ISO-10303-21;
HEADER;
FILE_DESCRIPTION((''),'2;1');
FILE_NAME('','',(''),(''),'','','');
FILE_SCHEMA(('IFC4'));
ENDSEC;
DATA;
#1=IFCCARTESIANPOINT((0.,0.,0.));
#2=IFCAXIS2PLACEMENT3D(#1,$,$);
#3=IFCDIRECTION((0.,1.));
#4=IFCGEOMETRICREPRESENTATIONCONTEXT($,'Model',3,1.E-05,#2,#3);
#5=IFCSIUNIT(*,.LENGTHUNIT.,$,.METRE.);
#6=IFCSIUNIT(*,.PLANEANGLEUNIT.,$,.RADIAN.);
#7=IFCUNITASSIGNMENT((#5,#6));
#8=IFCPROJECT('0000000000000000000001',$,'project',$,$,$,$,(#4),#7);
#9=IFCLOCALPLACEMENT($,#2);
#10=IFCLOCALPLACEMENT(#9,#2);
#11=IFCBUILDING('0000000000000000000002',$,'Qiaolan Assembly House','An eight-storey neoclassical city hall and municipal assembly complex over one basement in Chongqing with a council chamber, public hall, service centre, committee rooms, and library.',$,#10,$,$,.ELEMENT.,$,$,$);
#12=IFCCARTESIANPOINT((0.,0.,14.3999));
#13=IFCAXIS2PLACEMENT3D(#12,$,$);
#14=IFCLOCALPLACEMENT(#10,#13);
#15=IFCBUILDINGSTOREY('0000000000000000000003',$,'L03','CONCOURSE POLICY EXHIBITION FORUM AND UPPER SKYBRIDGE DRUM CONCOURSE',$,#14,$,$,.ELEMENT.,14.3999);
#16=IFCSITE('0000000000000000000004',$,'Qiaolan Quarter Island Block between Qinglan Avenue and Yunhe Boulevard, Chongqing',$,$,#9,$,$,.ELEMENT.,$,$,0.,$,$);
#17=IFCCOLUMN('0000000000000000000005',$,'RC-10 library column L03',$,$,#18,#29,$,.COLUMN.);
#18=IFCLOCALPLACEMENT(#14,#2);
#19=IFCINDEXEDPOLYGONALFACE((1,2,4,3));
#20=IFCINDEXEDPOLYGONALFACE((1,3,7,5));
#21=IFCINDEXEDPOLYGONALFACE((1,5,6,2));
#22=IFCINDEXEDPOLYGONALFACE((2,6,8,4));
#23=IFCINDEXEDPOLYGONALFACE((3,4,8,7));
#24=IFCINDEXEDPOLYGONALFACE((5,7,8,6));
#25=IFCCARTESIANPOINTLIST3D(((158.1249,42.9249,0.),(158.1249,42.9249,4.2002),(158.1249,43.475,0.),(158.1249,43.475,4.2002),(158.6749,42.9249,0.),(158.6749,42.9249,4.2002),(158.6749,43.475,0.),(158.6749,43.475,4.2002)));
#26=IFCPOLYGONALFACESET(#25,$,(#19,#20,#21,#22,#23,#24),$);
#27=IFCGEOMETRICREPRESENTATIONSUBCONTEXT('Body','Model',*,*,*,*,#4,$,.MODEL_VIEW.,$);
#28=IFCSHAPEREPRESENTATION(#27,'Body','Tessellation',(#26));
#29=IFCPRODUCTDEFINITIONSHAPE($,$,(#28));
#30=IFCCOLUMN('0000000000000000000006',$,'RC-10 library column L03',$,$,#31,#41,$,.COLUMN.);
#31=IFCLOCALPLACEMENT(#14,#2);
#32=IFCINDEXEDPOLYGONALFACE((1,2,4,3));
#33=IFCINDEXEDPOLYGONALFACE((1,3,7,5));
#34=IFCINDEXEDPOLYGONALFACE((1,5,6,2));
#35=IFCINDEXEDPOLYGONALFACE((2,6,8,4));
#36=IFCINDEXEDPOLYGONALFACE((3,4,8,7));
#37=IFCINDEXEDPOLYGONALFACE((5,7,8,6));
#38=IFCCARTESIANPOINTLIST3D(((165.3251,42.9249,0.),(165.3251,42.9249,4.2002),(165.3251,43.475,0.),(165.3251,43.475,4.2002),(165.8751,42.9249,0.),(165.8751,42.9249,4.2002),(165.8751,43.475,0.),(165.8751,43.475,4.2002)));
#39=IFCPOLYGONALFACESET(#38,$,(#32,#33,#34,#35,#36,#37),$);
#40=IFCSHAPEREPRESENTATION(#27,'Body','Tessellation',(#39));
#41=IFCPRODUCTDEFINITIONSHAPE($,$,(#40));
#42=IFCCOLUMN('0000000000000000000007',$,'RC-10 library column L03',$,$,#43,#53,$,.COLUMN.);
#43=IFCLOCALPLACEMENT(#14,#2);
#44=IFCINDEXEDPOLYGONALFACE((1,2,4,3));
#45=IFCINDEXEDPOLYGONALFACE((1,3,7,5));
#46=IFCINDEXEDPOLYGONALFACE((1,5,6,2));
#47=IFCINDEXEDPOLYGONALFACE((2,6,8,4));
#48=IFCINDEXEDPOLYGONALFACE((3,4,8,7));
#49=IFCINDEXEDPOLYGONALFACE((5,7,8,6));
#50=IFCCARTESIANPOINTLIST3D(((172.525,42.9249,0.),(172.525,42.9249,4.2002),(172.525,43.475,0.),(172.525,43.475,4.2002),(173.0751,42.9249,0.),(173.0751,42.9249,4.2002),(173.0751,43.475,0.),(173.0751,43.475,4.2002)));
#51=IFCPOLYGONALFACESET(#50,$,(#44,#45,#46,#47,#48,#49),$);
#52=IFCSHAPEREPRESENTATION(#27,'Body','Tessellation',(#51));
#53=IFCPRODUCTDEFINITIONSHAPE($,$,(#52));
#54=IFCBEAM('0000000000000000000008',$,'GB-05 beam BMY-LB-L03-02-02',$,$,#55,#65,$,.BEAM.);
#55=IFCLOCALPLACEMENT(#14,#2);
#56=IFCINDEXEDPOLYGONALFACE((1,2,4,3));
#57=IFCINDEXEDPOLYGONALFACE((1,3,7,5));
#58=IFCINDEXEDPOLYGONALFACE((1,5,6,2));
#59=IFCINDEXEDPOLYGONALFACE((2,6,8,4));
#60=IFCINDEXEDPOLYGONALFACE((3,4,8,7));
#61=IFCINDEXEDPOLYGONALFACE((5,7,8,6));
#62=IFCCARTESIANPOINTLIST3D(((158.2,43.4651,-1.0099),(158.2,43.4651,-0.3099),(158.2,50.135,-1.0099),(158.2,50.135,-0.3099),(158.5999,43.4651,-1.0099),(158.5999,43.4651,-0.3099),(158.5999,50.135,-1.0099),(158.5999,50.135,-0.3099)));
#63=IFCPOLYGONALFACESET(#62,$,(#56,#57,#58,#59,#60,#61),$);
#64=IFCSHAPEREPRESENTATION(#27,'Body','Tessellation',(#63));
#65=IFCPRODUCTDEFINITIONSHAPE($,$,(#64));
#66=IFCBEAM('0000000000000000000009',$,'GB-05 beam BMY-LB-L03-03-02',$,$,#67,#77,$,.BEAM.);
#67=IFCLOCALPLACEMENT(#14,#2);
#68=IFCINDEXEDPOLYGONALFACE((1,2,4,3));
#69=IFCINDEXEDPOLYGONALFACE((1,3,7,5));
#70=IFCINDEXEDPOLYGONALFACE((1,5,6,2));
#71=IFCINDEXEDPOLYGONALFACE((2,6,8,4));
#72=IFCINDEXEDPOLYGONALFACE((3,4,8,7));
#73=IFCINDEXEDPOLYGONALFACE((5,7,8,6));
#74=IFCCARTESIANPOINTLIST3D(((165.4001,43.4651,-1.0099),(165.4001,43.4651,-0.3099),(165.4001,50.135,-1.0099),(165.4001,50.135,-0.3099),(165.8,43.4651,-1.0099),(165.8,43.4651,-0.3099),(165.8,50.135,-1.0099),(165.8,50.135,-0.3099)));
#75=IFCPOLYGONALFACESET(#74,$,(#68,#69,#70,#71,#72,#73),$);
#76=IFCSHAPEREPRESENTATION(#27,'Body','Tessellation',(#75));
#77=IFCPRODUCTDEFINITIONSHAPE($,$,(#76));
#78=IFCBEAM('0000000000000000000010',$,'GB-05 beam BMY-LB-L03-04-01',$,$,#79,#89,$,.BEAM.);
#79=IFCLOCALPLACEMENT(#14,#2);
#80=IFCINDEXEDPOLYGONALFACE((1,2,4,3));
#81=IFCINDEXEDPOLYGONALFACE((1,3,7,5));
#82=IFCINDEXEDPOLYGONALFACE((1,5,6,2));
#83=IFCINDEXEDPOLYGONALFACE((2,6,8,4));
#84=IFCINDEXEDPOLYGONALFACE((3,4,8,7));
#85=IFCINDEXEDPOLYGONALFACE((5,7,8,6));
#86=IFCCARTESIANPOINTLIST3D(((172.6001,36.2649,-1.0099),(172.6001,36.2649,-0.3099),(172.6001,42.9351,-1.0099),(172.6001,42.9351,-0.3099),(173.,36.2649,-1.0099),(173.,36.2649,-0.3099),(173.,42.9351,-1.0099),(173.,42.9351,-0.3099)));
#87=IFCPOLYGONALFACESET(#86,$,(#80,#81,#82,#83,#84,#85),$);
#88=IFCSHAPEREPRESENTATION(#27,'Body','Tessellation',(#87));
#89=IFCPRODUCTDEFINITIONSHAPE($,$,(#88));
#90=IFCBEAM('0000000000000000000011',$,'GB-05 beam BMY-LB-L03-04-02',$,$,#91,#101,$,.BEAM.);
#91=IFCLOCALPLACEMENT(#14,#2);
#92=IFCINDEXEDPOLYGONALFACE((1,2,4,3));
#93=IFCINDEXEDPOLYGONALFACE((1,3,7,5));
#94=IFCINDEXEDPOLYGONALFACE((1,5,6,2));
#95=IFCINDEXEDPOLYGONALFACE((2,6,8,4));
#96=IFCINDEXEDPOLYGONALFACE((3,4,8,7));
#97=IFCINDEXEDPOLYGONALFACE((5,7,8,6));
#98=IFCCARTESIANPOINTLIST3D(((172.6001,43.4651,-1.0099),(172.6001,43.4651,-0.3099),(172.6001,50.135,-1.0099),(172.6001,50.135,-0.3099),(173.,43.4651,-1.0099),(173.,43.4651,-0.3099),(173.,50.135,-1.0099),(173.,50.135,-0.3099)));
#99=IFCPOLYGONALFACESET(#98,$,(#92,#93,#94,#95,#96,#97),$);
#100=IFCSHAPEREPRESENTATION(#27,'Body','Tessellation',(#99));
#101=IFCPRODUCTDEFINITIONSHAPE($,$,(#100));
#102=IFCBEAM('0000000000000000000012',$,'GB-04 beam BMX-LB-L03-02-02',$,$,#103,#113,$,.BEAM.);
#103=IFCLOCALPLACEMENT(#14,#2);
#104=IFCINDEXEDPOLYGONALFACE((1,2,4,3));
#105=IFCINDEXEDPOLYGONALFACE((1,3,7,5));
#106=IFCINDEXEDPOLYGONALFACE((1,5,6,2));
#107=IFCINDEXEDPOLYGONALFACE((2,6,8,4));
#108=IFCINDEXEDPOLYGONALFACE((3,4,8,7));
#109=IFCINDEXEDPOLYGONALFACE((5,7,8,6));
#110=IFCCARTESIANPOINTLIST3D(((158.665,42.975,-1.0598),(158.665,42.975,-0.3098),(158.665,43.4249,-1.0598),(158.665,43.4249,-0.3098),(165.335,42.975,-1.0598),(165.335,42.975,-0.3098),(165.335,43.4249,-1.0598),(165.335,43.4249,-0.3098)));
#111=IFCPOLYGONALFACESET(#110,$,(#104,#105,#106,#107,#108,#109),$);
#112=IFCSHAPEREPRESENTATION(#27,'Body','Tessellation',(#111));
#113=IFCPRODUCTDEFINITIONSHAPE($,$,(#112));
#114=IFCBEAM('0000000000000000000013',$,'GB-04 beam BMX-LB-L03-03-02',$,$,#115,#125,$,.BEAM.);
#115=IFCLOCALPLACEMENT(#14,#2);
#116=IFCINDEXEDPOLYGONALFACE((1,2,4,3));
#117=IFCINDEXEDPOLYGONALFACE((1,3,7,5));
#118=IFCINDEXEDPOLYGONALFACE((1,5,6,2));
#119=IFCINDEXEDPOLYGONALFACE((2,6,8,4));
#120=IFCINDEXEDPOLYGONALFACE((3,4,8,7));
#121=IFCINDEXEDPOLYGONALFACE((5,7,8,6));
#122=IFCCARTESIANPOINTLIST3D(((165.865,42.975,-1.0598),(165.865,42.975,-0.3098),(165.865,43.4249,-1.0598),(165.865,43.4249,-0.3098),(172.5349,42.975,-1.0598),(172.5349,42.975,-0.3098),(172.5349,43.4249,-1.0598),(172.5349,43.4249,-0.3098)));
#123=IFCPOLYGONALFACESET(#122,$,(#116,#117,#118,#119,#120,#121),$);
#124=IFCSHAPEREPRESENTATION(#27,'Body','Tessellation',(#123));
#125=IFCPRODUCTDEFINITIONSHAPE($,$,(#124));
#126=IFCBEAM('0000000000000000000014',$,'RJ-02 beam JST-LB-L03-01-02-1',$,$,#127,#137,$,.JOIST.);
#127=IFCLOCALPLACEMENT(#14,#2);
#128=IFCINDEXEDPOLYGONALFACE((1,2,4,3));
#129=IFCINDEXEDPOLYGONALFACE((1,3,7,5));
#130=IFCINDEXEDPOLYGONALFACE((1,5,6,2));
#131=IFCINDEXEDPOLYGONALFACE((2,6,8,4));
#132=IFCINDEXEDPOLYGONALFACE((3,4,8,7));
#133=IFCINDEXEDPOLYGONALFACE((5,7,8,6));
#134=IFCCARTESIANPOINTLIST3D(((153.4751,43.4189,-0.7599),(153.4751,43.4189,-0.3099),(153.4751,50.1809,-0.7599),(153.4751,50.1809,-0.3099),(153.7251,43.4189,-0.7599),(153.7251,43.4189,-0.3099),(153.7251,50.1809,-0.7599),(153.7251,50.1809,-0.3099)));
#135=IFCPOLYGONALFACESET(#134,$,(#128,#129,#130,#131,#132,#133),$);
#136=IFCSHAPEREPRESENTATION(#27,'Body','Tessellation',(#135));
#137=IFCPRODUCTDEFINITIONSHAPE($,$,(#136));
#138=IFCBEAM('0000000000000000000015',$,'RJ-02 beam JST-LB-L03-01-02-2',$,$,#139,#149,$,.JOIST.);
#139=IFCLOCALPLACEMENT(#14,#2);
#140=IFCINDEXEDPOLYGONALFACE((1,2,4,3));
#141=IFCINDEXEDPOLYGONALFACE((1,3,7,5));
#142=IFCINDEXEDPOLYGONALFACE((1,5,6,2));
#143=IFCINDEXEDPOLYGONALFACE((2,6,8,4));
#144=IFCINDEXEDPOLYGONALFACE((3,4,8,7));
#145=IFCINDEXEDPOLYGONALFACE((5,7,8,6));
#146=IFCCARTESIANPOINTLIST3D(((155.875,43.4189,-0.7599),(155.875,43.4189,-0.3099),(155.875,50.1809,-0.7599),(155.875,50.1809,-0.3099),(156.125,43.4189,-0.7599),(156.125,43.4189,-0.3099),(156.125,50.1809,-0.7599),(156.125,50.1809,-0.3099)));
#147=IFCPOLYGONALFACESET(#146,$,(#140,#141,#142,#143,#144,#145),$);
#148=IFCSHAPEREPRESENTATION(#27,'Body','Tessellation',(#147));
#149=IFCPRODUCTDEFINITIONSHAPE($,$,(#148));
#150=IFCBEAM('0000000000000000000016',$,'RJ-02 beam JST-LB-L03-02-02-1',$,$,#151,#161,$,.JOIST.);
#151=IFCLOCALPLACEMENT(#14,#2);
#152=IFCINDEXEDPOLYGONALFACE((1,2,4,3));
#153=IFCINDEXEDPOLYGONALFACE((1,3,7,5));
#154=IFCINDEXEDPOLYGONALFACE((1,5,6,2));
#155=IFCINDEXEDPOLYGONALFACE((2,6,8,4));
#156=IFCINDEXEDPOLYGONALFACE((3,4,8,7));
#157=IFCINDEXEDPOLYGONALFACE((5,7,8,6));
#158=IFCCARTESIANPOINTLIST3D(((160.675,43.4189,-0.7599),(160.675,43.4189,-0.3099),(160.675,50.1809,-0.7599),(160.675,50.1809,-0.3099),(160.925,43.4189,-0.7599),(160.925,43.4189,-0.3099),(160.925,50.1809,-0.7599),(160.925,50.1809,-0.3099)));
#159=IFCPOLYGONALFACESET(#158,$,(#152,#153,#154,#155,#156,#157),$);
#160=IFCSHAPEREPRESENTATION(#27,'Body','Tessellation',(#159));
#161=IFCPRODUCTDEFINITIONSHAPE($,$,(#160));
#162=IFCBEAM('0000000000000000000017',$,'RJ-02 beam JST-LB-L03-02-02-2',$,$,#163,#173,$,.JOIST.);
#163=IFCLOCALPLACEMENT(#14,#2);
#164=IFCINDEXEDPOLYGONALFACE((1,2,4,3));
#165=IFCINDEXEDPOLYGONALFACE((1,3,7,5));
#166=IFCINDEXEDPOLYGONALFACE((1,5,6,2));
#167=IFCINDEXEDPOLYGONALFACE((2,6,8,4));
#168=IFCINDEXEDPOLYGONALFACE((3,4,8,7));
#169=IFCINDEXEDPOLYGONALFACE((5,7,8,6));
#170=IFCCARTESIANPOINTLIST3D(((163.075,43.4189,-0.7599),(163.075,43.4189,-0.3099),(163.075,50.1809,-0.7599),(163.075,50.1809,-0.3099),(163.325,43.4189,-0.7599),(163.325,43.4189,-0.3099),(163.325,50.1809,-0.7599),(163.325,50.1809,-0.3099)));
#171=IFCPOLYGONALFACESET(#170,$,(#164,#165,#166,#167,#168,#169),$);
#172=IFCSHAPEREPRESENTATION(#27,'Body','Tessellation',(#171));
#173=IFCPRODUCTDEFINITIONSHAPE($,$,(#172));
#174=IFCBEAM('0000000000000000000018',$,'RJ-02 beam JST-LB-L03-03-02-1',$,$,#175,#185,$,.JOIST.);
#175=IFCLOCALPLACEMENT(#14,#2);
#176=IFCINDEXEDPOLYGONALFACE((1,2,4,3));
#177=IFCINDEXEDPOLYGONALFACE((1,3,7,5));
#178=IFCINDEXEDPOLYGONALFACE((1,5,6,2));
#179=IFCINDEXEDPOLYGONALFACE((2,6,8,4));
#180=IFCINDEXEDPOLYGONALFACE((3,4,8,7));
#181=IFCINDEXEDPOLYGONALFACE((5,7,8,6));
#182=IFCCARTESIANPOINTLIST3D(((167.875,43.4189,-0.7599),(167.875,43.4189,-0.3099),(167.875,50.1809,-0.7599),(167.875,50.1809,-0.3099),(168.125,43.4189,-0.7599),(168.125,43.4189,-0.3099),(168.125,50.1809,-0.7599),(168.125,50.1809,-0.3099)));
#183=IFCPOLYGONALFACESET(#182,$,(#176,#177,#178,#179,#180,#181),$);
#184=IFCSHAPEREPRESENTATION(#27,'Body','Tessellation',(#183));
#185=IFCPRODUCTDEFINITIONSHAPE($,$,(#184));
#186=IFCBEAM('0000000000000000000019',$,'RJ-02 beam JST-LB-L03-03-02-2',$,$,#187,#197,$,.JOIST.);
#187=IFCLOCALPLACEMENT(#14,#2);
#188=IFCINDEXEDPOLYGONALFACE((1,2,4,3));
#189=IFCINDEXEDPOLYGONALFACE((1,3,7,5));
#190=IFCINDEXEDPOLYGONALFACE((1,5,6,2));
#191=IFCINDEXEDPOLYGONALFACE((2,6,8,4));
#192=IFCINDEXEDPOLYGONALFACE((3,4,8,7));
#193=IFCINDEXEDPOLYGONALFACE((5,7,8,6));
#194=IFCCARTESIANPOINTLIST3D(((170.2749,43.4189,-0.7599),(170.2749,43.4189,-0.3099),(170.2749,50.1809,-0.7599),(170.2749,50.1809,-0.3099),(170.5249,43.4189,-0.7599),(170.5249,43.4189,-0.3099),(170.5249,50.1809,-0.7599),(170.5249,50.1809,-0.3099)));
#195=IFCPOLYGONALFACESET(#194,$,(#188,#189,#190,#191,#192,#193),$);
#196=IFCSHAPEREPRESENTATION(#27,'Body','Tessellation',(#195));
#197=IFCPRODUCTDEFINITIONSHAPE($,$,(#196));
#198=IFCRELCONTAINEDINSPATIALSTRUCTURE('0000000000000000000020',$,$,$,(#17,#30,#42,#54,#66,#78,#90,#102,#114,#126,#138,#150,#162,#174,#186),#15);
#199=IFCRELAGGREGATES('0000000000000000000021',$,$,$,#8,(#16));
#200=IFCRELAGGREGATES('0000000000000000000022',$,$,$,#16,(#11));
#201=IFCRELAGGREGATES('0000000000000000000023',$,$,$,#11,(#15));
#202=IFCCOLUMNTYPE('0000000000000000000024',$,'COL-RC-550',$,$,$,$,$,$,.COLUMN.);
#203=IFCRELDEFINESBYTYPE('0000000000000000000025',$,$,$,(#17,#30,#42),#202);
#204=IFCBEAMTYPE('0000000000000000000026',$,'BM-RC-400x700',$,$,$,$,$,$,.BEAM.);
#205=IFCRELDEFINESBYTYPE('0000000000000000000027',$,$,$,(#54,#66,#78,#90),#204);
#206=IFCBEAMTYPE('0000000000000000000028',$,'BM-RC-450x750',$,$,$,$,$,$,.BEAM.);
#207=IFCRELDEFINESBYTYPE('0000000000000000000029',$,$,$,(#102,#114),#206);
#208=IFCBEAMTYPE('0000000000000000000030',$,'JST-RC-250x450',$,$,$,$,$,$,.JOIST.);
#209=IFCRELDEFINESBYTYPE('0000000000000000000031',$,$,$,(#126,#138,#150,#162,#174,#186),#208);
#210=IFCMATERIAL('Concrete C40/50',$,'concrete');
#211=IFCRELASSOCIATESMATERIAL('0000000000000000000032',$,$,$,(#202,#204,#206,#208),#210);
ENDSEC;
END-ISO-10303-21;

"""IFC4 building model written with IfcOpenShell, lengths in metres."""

from ifc_helpers import new_model, si_unit, direction, frame, origin, origin_2d, place, context, subcontext, project, spatial, rectangle, extrude, material, material_profile, profile_set, type_object, element, save


model = new_model("IFC4")

# Units and contexts
model_context = context("Model", 3, precision=1e-05, world=origin(), true_north=direction((0.0, 1.0)))
body_context = subcontext(model_context, "Body", "Model", "MODEL_VIEW")
ifc_project = project(units=[si_unit("LENGTHUNIT", "METRE"), si_unit("PLANEANGLEUNIT", "RADIAN")], contexts=[model_context])

# Site, building, storey
site_placement = place(None, origin())
site = spatial("IfcSite", under=ifc_project, at=site_placement, Name="Qiaolan Quarter Island Block between Qinglan Avenue and Yunhe Boulevard, Chongqing", CompositionType="ELEMENT", RefElevation=0.0)
building_placement = place(site_placement, origin())
building = spatial("IfcBuilding", under=site, at=building_placement, Name="Qiaolan Assembly House", Description="An eight-storey neoclassical city hall and municipal assembly complex over one basement in Chongqing with a council chamber, public hall, service centre, committee rooms, and library.", CompositionType="ELEMENT")
storey_placement = place(building_placement, frame((0.0, 0.0, 14.3999)))
storey = spatial("IfcBuildingStorey", under=building, at=storey_placement, Name="L03", Description="CONCOURSE POLICY EXHIBITION FORUM AND UPPER SKYBRIDGE DRUM CONCOURSE", CompositionType="ELEMENT", Elevation=14.3999)

# Columns
ifc_material_1 = material(Name="Concrete C40/50", Category="concrete")
ifc_material_profile_1 = material_profile(ifc_material_1, rectangle(XDim=0.55, YDim=0.55, at=origin_2d()), Name="RC 550x550")
ifc_profile_set_1 = profile_set([ifc_material_profile_1], Name="Concrete C40/50")
column_type = type_object("IfcColumnType", Name="COL-RC-550", PredefinedType="COLUMN", material=ifc_profile_set_1)
for number, where, z_axis, x_axis, name in (
    (1, (158.3999, 43.2, 0.0), (0.0, 0.0, 1.0), (1.0, 0.0, 0.0), "RC-10 library column L03"),
    (2, (165.6001, 43.2, 0.0), (0.0, 0.0, 1.0), (1.0, 0.0, 0.0), "RC-10 library column L03"),
    (3, (172.8, 43.2, 0.0), (0.0, 0.0, 1.0), (1.0, 0.0, 0.0), "RC-10 library column L03"),
):
    element("IfcColumn", number, at=place(storey_placement, frame(where, z_axis=z_axis, x_axis=x_axis)), inside=storey, type_object=column_type, Name=name, PredefinedType="COLUMN", context=body_context, shape_type="SweptSolid", body=[
        extrude(rectangle(XDim=0.55, YDim=0.55, at=origin_2d()), origin(), (0.0, 0.0, 1.0), 4.2002),
    ])

# Beams
ifc_material_profile_2 = material_profile(ifc_material_1, rectangle(XDim=0.3999, YDim=0.7, at=origin_2d()), Name="RCB 400x700")
ifc_profile_set_2 = profile_set([ifc_material_profile_2], Name="Concrete C40/50")
beam_type_1 = type_object("IfcBeamType", Name="BM-RC-400x700", PredefinedType="BEAM", material=ifc_profile_set_2)
for number, where, z_axis, x_axis, name in (
    (4, (158.3999, 43.4651, -0.6599), (0.0, 1.0, 0.0), (-1.0, 0.0, 0.0), "GB-05 beam BMY-LB-L03-02-02"),
    (5, (165.6001, 43.4651, -0.6599), (0.0, 1.0, 0.0), (-1.0, 0.0, 0.0), "GB-05 beam BMY-LB-L03-03-02"),
):
    element("IfcBeam", number, at=place(storey_placement, frame(where, z_axis=z_axis, x_axis=x_axis)), inside=storey, type_object=beam_type_1, Name=name, PredefinedType="BEAM", context=body_context, shape_type="SweptSolid", body=[
        extrude(rectangle(XDim=0.3999, YDim=0.7, at=origin_2d()), origin(), (0.0, 0.0, 1.0), 6.6699),
    ])
beam_1_placement = place(storey_placement, frame((172.8, 36.2649, -0.6599), z_axis=(0.0, 1.0, 0.0), x_axis=(-1.0, 0.0, 0.0)))
element("IfcBeam", 6, at=beam_1_placement, inside=storey, type_object=beam_type_1, Name="GB-05 beam BMY-LB-L03-04-01", PredefinedType="BEAM", context=body_context, shape_type="SweptSolid", body=[
    extrude(rectangle(XDim=0.3999, YDim=0.7, at=origin_2d()), origin(), (0.0, 0.0, 1.0), 6.6702),
])
beam_2_placement = place(storey_placement, frame((172.8, 43.4651, -0.6599), z_axis=(0.0, 1.0, 0.0), x_axis=(-1.0, 0.0, 0.0)))
element("IfcBeam", 7, at=beam_2_placement, inside=storey, type_object=beam_type_1, Name="GB-05 beam BMY-LB-L03-04-02", PredefinedType="BEAM", context=body_context, shape_type="SweptSolid", body=[
    extrude(rectangle(XDim=0.3999, YDim=0.7, at=origin_2d()), origin(), (0.0, 0.0, 1.0), 6.6699),
])
ifc_material_profile_3 = material_profile(ifc_material_1, rectangle(XDim=0.45, YDim=0.75, at=origin_2d()), Name="RCB 450x750")
ifc_profile_set_3 = profile_set([ifc_material_profile_3], Name="Concrete C40/50")
beam_type_2 = type_object("IfcBeamType", Name="BM-RC-450x750", PredefinedType="BEAM", material=ifc_profile_set_3)
for number, where, z_axis, x_axis, name in (
    (8, (158.665, 43.2, -0.6848), (1.0, 0.0, 0.0), (0.0, 1.0, 0.0), "GB-04 beam BMX-LB-L03-02-02"),
    (9, (165.865, 43.2, -0.6848), (1.0, 0.0, 0.0), (0.0, 1.0, 0.0), "GB-04 beam BMX-LB-L03-03-02"),
):
    element("IfcBeam", number, at=place(storey_placement, frame(where, z_axis=z_axis, x_axis=x_axis)), inside=storey, type_object=beam_type_2, Name=name, PredefinedType="BEAM", context=body_context, shape_type="SweptSolid", body=[
        extrude(rectangle(XDim=0.45, YDim=0.75, at=origin_2d()), origin(), (0.0, 0.0, 1.0), 6.6699),
    ])
ifc_material_profile_4 = material_profile(ifc_material_1, rectangle(XDim=0.25, YDim=0.45, at=origin_2d()), Name="RCB 250x450")
ifc_profile_set_4 = profile_set([ifc_material_profile_4], Name="Concrete C40/50")
beam_type_3 = type_object("IfcBeamType", Name="JST-RC-250x450", PredefinedType="JOIST", material=ifc_profile_set_4)
for number, where, z_axis, x_axis, name in (
    (10, (153.6001, 43.4189, -0.5349), (0.0, 1.0, 0.0), (-1.0, 0.0, 0.0), "RJ-02 beam JST-LB-L03-01-02-1"),
    (11, (156.0, 43.4189, -0.5349), (0.0, 1.0, 0.0), (-1.0, 0.0, 0.0), "RJ-02 beam JST-LB-L03-01-02-2"),
    (12, (160.8, 43.4189, -0.5349), (0.0, 1.0, 0.0), (-1.0, 0.0, 0.0), "RJ-02 beam JST-LB-L03-02-02-1"),
    (13, (163.2, 43.4189, -0.5349), (0.0, 1.0, 0.0), (-1.0, 0.0, 0.0), "RJ-02 beam JST-LB-L03-02-02-2"),
    (14, (168.0, 43.4189, -0.5349), (0.0, 1.0, 0.0), (-1.0, 0.0, 0.0), "RJ-02 beam JST-LB-L03-03-02-1"),
    (15, (170.3999, 43.4189, -0.5349), (0.0, 1.0, 0.0), (-1.0, 0.0, 0.0), "RJ-02 beam JST-LB-L03-03-02-2"),
):
    element("IfcBeam", number, at=place(storey_placement, frame(where, z_axis=z_axis, x_axis=x_axis)), inside=storey, type_object=beam_type_3, Name=name, PredefinedType="JOIST", context=body_context, shape_type="SweptSolid", body=[
        extrude(rectangle(XDim=0.25, YDim=0.45, at=origin_2d()), origin(), (0.0, 0.0, 1.0), 6.762),
    ])

save(model, "model.ifc")
